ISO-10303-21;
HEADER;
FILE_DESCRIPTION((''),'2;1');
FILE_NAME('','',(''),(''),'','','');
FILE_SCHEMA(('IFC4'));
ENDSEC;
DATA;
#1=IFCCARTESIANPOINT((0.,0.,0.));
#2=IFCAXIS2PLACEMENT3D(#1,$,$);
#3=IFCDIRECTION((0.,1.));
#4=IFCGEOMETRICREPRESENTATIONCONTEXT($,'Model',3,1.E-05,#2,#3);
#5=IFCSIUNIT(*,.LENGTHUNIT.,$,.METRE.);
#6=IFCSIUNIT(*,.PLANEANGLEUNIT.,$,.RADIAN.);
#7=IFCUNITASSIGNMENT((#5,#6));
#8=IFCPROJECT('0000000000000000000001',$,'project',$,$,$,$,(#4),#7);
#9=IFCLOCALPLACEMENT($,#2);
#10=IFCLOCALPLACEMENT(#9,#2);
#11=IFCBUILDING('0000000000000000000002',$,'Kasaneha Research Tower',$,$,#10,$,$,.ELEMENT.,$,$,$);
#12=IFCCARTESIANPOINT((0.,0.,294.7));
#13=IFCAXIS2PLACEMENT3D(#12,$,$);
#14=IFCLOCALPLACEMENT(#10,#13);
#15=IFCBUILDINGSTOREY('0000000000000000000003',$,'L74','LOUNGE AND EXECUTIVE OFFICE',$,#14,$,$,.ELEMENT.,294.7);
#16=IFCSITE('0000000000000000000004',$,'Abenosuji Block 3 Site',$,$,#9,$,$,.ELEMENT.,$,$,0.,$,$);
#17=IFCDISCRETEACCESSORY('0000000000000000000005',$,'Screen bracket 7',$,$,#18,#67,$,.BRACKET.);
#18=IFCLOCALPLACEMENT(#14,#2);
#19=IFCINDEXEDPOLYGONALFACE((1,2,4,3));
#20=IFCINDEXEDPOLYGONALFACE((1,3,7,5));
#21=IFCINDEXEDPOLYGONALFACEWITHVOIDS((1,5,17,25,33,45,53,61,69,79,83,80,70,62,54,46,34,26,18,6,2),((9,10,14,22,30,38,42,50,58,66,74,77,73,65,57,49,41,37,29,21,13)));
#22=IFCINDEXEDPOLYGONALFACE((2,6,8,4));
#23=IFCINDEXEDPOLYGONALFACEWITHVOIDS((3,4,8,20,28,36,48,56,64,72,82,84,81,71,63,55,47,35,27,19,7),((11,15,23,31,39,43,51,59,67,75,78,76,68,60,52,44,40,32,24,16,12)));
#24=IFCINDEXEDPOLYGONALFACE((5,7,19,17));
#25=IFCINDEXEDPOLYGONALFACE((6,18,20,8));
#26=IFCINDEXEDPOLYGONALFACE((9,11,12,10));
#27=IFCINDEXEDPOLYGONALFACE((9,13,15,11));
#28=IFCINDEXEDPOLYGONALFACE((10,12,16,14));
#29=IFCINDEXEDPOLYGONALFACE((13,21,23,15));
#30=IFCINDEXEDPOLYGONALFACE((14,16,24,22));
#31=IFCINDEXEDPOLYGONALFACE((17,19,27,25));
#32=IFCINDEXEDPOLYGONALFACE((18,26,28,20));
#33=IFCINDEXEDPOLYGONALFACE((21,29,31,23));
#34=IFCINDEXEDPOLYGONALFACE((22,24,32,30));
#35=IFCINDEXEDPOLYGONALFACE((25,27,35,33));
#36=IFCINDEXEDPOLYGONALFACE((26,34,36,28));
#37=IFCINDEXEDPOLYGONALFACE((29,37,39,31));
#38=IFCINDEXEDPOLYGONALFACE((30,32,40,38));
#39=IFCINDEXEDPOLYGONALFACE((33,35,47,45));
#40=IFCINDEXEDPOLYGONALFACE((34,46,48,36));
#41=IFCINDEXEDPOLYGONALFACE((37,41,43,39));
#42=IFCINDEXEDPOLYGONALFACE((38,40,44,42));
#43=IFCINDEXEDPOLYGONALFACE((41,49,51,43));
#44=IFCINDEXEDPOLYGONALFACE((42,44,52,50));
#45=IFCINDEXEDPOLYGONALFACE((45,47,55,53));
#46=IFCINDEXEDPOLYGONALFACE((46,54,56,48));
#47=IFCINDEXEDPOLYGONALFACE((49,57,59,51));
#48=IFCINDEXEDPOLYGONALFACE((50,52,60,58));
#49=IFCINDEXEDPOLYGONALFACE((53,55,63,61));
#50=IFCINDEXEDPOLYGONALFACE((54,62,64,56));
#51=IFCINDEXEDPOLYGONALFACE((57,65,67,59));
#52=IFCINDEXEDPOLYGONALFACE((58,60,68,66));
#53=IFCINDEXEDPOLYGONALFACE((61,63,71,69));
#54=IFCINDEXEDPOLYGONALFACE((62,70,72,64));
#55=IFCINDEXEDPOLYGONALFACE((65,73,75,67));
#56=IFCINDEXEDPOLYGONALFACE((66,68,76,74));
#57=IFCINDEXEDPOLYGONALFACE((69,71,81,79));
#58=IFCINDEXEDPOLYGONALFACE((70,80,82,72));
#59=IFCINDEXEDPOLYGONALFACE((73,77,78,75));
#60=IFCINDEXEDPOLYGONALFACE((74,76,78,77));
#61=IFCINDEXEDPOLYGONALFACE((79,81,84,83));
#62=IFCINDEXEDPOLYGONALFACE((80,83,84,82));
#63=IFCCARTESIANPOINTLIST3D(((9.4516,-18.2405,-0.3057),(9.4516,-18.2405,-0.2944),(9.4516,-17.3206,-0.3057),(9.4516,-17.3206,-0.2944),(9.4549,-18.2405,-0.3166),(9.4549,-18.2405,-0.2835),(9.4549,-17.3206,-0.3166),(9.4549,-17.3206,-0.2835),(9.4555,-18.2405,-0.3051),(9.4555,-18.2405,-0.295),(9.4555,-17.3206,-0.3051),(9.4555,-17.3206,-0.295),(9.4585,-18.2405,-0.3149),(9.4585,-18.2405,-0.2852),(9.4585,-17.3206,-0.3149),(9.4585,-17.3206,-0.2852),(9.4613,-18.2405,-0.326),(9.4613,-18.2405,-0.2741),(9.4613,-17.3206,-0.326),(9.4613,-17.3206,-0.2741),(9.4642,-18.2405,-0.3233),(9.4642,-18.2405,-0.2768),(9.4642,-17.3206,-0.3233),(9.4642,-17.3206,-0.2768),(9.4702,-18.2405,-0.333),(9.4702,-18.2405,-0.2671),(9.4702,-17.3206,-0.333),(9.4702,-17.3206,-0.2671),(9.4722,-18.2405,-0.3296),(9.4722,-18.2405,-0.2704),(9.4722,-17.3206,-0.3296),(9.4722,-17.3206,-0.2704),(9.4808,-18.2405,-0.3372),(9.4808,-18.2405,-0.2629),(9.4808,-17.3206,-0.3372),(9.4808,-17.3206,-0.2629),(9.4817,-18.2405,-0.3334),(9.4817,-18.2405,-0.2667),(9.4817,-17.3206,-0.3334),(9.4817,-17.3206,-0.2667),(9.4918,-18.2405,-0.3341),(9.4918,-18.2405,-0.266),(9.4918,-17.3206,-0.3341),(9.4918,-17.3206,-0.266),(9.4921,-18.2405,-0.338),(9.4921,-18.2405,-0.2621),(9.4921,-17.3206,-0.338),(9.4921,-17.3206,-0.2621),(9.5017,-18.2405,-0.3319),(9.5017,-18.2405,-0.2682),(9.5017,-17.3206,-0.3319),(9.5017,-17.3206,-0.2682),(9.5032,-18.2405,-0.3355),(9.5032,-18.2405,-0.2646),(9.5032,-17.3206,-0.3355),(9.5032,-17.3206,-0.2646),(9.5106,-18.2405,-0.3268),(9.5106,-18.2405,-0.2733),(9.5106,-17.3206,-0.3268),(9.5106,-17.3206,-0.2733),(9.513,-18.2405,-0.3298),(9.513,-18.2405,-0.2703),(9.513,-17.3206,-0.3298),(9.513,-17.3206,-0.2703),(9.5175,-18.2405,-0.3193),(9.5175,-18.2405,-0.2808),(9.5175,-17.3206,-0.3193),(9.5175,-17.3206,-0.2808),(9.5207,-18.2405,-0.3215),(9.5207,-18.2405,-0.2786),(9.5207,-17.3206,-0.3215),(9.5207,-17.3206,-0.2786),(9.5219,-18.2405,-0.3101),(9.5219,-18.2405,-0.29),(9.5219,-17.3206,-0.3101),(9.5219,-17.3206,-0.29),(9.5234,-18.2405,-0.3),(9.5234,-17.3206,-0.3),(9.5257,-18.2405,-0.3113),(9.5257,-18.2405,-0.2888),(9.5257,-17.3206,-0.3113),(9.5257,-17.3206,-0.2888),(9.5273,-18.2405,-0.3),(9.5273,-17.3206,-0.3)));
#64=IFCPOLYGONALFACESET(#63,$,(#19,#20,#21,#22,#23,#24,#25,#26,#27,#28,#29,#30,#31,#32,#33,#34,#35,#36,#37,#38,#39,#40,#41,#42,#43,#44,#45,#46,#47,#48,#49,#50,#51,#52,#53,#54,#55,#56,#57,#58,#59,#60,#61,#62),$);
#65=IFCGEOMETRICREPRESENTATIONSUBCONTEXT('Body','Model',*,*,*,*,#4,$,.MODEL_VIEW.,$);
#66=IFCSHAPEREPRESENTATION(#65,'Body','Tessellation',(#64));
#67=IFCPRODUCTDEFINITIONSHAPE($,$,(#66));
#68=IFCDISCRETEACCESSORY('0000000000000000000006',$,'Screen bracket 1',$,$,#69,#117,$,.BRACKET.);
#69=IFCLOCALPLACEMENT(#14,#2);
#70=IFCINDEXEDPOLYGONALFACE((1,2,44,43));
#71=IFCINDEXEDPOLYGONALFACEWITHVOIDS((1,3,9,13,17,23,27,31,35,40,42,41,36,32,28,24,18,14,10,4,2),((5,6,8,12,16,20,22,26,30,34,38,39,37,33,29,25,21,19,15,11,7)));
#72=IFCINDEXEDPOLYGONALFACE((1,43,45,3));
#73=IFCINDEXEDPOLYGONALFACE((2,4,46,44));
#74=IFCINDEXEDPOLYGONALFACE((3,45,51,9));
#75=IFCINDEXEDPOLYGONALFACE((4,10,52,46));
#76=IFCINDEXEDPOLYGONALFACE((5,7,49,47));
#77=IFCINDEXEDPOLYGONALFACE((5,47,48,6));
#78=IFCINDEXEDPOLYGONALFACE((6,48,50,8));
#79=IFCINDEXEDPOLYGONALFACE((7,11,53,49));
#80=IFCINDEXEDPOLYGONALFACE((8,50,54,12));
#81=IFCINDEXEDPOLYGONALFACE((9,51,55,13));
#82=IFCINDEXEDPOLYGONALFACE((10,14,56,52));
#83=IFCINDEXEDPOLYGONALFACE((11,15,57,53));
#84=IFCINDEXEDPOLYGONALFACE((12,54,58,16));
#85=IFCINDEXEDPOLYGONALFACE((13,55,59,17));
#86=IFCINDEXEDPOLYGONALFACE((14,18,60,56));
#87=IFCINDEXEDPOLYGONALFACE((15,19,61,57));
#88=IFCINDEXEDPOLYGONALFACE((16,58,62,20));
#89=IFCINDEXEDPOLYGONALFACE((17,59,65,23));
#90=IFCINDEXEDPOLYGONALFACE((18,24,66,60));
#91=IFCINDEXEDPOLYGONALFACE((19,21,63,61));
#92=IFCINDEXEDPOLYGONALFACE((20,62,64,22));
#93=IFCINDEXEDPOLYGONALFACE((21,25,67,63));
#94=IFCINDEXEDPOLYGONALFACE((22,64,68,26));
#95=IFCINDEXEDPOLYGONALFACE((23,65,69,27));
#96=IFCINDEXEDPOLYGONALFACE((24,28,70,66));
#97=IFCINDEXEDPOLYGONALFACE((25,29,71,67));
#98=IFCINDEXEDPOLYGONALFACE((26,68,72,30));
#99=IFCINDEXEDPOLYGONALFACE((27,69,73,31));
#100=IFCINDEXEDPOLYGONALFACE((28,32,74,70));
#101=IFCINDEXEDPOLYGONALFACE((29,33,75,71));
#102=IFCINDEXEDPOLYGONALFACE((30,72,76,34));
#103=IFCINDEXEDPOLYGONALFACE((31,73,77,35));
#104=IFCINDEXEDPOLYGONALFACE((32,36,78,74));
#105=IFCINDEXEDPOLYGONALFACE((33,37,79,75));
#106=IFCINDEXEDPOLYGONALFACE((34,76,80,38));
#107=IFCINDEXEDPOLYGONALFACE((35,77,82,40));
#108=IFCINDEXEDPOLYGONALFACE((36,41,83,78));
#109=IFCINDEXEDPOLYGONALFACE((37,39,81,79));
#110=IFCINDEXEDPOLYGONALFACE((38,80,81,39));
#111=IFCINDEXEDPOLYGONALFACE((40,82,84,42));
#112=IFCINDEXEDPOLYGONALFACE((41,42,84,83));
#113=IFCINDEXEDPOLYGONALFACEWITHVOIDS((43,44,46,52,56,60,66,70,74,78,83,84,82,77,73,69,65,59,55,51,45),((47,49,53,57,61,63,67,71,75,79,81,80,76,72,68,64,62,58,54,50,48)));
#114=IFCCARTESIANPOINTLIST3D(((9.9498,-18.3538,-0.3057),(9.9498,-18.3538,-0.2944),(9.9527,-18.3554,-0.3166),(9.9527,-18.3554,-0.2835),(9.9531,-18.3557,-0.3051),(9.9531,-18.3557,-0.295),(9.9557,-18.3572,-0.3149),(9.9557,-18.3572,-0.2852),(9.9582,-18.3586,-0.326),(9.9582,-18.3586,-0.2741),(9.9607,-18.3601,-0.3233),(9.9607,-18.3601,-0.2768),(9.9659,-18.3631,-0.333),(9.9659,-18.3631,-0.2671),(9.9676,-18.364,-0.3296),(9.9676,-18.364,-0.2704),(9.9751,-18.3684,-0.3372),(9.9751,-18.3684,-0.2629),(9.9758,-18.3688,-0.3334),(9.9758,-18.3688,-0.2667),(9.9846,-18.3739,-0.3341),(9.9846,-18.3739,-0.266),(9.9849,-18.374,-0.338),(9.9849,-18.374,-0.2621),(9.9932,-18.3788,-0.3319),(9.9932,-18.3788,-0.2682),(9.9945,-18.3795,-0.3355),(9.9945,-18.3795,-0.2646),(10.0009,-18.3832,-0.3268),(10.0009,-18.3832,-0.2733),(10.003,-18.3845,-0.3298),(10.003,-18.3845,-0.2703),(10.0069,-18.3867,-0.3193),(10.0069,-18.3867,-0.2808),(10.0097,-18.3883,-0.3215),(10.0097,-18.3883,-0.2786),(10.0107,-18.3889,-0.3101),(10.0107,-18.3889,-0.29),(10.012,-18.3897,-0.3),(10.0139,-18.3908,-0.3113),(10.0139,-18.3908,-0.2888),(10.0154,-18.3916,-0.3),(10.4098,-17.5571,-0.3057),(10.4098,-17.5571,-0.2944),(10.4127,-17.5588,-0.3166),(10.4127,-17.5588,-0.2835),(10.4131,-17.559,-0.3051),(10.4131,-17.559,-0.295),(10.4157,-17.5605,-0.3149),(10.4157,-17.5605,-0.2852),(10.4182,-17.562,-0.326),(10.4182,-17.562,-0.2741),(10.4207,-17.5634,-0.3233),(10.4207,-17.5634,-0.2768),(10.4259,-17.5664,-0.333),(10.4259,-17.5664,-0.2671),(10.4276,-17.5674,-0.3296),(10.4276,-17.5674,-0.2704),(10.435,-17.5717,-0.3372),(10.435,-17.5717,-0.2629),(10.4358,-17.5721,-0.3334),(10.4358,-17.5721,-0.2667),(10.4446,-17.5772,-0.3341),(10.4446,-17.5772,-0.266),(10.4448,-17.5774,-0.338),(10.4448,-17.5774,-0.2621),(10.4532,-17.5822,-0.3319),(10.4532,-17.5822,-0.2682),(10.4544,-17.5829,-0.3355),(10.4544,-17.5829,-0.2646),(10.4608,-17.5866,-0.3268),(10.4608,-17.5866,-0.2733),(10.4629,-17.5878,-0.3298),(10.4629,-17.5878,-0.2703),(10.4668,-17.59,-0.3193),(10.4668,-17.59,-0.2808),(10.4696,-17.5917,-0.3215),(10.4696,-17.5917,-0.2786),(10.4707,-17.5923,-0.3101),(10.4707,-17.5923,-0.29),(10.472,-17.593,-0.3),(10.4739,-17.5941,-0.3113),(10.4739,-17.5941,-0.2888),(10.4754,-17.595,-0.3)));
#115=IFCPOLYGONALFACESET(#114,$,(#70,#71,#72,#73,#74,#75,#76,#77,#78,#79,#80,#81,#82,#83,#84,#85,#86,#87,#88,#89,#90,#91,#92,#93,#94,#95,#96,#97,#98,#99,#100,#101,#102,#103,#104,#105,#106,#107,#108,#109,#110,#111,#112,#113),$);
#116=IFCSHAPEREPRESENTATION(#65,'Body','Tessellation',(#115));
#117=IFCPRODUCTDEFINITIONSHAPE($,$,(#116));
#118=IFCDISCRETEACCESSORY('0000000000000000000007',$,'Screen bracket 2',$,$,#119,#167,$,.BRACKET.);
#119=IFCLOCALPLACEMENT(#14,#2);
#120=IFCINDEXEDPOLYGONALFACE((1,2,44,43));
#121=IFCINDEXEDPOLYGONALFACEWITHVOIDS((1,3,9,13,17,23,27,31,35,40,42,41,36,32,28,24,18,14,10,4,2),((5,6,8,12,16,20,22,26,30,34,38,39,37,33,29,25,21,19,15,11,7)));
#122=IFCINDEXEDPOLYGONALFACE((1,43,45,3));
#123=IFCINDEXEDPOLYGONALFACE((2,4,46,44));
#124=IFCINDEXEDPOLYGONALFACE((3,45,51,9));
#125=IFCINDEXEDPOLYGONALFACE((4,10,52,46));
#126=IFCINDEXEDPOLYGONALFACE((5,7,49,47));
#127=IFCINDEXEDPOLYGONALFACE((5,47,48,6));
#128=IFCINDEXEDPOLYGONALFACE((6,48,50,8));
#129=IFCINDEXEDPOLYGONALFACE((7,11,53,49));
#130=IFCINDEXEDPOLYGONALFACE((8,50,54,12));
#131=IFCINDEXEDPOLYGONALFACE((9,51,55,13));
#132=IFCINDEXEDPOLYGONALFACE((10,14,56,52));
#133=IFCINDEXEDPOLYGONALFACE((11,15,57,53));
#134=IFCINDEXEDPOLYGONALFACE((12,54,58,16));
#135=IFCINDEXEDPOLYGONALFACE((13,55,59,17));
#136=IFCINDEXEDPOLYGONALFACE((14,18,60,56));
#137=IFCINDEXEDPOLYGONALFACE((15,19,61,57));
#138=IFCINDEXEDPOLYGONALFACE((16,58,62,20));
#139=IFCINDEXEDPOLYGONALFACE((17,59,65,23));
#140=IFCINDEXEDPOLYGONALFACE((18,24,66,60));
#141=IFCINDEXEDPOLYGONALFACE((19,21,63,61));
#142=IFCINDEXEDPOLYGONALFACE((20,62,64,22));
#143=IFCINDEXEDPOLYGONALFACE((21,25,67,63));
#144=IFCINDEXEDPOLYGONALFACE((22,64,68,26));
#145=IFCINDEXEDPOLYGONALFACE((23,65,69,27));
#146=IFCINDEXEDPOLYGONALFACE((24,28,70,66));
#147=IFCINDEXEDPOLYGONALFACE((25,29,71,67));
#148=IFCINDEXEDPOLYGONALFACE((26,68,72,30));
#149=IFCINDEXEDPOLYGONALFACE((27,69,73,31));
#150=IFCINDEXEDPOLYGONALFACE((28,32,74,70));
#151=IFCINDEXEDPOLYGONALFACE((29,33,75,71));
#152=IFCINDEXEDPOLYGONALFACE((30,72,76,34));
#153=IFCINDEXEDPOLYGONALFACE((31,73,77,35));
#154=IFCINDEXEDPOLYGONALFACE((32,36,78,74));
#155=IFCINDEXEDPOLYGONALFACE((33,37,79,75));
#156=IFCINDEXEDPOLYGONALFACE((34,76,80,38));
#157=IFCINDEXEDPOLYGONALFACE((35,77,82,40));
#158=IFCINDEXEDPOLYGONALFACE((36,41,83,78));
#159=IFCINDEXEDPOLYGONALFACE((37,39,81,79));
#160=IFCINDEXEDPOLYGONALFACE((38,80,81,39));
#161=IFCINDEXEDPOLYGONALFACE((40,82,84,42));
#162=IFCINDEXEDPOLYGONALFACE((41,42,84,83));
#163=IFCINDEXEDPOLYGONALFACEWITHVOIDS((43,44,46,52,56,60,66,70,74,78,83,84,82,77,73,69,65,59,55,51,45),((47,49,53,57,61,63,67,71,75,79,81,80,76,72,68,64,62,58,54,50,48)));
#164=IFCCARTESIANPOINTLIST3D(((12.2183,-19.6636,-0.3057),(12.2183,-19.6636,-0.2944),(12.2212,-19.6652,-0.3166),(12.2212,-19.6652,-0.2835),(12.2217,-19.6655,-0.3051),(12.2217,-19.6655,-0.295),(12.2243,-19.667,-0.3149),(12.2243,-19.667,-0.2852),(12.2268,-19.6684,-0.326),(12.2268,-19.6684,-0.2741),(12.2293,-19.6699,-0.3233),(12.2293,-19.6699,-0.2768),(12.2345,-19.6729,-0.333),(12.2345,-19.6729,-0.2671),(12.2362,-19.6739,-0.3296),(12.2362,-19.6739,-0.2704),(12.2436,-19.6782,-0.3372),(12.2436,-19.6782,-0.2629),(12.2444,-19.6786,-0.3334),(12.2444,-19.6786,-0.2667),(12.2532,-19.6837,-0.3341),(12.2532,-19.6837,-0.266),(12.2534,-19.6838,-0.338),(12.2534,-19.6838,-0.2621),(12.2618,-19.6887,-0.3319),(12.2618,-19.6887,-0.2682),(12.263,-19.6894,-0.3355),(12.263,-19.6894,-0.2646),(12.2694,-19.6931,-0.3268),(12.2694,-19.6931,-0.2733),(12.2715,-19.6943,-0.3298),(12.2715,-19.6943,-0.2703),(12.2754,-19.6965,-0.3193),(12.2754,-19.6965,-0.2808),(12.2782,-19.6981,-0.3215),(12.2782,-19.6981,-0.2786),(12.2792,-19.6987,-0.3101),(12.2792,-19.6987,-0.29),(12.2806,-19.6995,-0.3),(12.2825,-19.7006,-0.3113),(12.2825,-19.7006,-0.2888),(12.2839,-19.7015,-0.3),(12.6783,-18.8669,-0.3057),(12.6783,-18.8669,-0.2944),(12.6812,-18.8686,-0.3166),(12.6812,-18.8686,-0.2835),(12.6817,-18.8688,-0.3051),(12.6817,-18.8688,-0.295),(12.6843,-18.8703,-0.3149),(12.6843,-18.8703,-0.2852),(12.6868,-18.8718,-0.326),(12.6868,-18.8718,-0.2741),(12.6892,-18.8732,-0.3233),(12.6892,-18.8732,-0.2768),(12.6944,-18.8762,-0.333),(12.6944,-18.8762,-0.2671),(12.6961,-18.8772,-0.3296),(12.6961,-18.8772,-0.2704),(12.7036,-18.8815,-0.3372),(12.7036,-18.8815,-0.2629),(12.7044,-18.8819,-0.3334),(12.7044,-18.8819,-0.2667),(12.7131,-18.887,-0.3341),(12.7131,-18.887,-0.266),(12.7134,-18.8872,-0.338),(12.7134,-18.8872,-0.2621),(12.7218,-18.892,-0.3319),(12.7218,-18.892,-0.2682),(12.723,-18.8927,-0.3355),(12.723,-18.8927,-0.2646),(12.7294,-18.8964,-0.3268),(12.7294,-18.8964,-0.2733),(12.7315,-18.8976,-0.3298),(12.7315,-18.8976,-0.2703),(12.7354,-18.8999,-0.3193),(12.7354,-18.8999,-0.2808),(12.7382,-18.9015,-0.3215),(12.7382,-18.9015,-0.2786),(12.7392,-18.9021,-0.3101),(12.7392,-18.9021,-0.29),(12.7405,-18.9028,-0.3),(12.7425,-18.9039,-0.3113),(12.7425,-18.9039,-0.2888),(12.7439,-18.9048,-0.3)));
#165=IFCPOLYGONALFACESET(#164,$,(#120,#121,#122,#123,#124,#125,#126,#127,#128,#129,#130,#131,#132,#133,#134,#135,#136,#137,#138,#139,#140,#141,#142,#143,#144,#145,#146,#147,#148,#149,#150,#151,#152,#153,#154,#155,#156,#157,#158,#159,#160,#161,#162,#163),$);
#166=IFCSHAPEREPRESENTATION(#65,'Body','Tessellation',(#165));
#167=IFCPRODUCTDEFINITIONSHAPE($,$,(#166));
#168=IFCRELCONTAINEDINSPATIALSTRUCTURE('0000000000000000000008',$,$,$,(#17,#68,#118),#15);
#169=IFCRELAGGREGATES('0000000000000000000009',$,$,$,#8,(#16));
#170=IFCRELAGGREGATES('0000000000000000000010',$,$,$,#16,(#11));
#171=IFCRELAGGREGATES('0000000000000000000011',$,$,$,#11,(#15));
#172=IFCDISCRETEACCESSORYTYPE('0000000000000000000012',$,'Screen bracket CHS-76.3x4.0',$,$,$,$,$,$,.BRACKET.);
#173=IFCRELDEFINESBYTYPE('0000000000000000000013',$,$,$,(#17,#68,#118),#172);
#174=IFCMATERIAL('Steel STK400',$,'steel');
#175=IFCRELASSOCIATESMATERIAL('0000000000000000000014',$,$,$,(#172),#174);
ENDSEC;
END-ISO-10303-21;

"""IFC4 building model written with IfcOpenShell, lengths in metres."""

from ifc_helpers import new_model, si_unit, direction, frame, origin, origin_2d, place, context, subcontext, project, spatial, hollow_circle, extrude, material, material_profile, profile_set, type_object, element, save


model = new_model("IFC4")

# Units and contexts
model_context = context("Model", 3, precision=1e-05, world=origin(), true_north=direction((0.0, 1.0)))
body_context = subcontext(model_context, "Body", "Model", "MODEL_VIEW")
ifc_project = project(units=[si_unit("LENGTHUNIT", "METRE"), si_unit("PLANEANGLEUNIT", "RADIAN")], contexts=[model_context])

# Site, building, storey
site_placement = place(None, origin())
site = spatial("IfcSite", under=ifc_project, at=site_placement, Name="Abenosuji Block 3 Site", CompositionType="ELEMENT", RefElevation=0.0)
building_placement = place(site_placement, origin())
building = spatial("IfcBuilding", under=site, at=building_placement, Name="Kasaneha Research Tower", CompositionType="ELEMENT")
storey_placement = place(building_placement, frame((0.0, 0.0, 294.7)))
storey = spatial("IfcBuildingStorey", under=building, at=storey_placement, Name="L74", Description="LOUNGE AND EXECUTIVE OFFICE", CompositionType="ELEMENT", Elevation=294.7)

# Discrete accessories
ifc_material_1 = material(Name="Steel STK400", Category="steel")
ifc_material_profile_1 = material_profile(ifc_material_1, hollow_circle(Radius=0.0381, WallThickness=0.0039, at=origin_2d()), Name="CHS-76.3x4.0")
ifc_profile_set_1 = profile_set([ifc_material_profile_1], Name="Steel STK400")
discrete_accessory_type = type_object("IfcDiscreteAccessoryType", Name="Screen bracket CHS-76.3x4.0", PredefinedType="BRACKET", material=ifc_profile_set_1)
for number, where, z_axis, x_axis, name in (
    (1, (9.4893, -17.3206, -0.3), (0.0, -1.0, 0.0), (1.0, 0.0, 0.0), "Screen bracket 7"),
    (2, (10.4424, -17.5759, -0.3), (-0.500021, -0.866013, 0.0), (0.866013, -0.500021, 0.0), "Screen bracket 1"),
    (3, (12.7109, -18.8857, -0.3), (-0.500021, -0.866013, 0.0), (0.866013, -0.500021, 0.0), "Screen bracket 2"),
):
    element("IfcDiscreteAccessory", number, at=place(storey_placement, frame(where, z_axis=z_axis, x_axis=x_axis)), inside=storey, type_object=discrete_accessory_type, Name=name, PredefinedType="BRACKET", context=body_context, shape_type="SweptSolid", body=[
        extrude(hollow_circle(Radius=0.0381, WallThickness=0.0039, at=origin_2d()), origin(), (0.0, 0.0, 1.0), 0.9199),
    ])

save(model, "model.ifc")
